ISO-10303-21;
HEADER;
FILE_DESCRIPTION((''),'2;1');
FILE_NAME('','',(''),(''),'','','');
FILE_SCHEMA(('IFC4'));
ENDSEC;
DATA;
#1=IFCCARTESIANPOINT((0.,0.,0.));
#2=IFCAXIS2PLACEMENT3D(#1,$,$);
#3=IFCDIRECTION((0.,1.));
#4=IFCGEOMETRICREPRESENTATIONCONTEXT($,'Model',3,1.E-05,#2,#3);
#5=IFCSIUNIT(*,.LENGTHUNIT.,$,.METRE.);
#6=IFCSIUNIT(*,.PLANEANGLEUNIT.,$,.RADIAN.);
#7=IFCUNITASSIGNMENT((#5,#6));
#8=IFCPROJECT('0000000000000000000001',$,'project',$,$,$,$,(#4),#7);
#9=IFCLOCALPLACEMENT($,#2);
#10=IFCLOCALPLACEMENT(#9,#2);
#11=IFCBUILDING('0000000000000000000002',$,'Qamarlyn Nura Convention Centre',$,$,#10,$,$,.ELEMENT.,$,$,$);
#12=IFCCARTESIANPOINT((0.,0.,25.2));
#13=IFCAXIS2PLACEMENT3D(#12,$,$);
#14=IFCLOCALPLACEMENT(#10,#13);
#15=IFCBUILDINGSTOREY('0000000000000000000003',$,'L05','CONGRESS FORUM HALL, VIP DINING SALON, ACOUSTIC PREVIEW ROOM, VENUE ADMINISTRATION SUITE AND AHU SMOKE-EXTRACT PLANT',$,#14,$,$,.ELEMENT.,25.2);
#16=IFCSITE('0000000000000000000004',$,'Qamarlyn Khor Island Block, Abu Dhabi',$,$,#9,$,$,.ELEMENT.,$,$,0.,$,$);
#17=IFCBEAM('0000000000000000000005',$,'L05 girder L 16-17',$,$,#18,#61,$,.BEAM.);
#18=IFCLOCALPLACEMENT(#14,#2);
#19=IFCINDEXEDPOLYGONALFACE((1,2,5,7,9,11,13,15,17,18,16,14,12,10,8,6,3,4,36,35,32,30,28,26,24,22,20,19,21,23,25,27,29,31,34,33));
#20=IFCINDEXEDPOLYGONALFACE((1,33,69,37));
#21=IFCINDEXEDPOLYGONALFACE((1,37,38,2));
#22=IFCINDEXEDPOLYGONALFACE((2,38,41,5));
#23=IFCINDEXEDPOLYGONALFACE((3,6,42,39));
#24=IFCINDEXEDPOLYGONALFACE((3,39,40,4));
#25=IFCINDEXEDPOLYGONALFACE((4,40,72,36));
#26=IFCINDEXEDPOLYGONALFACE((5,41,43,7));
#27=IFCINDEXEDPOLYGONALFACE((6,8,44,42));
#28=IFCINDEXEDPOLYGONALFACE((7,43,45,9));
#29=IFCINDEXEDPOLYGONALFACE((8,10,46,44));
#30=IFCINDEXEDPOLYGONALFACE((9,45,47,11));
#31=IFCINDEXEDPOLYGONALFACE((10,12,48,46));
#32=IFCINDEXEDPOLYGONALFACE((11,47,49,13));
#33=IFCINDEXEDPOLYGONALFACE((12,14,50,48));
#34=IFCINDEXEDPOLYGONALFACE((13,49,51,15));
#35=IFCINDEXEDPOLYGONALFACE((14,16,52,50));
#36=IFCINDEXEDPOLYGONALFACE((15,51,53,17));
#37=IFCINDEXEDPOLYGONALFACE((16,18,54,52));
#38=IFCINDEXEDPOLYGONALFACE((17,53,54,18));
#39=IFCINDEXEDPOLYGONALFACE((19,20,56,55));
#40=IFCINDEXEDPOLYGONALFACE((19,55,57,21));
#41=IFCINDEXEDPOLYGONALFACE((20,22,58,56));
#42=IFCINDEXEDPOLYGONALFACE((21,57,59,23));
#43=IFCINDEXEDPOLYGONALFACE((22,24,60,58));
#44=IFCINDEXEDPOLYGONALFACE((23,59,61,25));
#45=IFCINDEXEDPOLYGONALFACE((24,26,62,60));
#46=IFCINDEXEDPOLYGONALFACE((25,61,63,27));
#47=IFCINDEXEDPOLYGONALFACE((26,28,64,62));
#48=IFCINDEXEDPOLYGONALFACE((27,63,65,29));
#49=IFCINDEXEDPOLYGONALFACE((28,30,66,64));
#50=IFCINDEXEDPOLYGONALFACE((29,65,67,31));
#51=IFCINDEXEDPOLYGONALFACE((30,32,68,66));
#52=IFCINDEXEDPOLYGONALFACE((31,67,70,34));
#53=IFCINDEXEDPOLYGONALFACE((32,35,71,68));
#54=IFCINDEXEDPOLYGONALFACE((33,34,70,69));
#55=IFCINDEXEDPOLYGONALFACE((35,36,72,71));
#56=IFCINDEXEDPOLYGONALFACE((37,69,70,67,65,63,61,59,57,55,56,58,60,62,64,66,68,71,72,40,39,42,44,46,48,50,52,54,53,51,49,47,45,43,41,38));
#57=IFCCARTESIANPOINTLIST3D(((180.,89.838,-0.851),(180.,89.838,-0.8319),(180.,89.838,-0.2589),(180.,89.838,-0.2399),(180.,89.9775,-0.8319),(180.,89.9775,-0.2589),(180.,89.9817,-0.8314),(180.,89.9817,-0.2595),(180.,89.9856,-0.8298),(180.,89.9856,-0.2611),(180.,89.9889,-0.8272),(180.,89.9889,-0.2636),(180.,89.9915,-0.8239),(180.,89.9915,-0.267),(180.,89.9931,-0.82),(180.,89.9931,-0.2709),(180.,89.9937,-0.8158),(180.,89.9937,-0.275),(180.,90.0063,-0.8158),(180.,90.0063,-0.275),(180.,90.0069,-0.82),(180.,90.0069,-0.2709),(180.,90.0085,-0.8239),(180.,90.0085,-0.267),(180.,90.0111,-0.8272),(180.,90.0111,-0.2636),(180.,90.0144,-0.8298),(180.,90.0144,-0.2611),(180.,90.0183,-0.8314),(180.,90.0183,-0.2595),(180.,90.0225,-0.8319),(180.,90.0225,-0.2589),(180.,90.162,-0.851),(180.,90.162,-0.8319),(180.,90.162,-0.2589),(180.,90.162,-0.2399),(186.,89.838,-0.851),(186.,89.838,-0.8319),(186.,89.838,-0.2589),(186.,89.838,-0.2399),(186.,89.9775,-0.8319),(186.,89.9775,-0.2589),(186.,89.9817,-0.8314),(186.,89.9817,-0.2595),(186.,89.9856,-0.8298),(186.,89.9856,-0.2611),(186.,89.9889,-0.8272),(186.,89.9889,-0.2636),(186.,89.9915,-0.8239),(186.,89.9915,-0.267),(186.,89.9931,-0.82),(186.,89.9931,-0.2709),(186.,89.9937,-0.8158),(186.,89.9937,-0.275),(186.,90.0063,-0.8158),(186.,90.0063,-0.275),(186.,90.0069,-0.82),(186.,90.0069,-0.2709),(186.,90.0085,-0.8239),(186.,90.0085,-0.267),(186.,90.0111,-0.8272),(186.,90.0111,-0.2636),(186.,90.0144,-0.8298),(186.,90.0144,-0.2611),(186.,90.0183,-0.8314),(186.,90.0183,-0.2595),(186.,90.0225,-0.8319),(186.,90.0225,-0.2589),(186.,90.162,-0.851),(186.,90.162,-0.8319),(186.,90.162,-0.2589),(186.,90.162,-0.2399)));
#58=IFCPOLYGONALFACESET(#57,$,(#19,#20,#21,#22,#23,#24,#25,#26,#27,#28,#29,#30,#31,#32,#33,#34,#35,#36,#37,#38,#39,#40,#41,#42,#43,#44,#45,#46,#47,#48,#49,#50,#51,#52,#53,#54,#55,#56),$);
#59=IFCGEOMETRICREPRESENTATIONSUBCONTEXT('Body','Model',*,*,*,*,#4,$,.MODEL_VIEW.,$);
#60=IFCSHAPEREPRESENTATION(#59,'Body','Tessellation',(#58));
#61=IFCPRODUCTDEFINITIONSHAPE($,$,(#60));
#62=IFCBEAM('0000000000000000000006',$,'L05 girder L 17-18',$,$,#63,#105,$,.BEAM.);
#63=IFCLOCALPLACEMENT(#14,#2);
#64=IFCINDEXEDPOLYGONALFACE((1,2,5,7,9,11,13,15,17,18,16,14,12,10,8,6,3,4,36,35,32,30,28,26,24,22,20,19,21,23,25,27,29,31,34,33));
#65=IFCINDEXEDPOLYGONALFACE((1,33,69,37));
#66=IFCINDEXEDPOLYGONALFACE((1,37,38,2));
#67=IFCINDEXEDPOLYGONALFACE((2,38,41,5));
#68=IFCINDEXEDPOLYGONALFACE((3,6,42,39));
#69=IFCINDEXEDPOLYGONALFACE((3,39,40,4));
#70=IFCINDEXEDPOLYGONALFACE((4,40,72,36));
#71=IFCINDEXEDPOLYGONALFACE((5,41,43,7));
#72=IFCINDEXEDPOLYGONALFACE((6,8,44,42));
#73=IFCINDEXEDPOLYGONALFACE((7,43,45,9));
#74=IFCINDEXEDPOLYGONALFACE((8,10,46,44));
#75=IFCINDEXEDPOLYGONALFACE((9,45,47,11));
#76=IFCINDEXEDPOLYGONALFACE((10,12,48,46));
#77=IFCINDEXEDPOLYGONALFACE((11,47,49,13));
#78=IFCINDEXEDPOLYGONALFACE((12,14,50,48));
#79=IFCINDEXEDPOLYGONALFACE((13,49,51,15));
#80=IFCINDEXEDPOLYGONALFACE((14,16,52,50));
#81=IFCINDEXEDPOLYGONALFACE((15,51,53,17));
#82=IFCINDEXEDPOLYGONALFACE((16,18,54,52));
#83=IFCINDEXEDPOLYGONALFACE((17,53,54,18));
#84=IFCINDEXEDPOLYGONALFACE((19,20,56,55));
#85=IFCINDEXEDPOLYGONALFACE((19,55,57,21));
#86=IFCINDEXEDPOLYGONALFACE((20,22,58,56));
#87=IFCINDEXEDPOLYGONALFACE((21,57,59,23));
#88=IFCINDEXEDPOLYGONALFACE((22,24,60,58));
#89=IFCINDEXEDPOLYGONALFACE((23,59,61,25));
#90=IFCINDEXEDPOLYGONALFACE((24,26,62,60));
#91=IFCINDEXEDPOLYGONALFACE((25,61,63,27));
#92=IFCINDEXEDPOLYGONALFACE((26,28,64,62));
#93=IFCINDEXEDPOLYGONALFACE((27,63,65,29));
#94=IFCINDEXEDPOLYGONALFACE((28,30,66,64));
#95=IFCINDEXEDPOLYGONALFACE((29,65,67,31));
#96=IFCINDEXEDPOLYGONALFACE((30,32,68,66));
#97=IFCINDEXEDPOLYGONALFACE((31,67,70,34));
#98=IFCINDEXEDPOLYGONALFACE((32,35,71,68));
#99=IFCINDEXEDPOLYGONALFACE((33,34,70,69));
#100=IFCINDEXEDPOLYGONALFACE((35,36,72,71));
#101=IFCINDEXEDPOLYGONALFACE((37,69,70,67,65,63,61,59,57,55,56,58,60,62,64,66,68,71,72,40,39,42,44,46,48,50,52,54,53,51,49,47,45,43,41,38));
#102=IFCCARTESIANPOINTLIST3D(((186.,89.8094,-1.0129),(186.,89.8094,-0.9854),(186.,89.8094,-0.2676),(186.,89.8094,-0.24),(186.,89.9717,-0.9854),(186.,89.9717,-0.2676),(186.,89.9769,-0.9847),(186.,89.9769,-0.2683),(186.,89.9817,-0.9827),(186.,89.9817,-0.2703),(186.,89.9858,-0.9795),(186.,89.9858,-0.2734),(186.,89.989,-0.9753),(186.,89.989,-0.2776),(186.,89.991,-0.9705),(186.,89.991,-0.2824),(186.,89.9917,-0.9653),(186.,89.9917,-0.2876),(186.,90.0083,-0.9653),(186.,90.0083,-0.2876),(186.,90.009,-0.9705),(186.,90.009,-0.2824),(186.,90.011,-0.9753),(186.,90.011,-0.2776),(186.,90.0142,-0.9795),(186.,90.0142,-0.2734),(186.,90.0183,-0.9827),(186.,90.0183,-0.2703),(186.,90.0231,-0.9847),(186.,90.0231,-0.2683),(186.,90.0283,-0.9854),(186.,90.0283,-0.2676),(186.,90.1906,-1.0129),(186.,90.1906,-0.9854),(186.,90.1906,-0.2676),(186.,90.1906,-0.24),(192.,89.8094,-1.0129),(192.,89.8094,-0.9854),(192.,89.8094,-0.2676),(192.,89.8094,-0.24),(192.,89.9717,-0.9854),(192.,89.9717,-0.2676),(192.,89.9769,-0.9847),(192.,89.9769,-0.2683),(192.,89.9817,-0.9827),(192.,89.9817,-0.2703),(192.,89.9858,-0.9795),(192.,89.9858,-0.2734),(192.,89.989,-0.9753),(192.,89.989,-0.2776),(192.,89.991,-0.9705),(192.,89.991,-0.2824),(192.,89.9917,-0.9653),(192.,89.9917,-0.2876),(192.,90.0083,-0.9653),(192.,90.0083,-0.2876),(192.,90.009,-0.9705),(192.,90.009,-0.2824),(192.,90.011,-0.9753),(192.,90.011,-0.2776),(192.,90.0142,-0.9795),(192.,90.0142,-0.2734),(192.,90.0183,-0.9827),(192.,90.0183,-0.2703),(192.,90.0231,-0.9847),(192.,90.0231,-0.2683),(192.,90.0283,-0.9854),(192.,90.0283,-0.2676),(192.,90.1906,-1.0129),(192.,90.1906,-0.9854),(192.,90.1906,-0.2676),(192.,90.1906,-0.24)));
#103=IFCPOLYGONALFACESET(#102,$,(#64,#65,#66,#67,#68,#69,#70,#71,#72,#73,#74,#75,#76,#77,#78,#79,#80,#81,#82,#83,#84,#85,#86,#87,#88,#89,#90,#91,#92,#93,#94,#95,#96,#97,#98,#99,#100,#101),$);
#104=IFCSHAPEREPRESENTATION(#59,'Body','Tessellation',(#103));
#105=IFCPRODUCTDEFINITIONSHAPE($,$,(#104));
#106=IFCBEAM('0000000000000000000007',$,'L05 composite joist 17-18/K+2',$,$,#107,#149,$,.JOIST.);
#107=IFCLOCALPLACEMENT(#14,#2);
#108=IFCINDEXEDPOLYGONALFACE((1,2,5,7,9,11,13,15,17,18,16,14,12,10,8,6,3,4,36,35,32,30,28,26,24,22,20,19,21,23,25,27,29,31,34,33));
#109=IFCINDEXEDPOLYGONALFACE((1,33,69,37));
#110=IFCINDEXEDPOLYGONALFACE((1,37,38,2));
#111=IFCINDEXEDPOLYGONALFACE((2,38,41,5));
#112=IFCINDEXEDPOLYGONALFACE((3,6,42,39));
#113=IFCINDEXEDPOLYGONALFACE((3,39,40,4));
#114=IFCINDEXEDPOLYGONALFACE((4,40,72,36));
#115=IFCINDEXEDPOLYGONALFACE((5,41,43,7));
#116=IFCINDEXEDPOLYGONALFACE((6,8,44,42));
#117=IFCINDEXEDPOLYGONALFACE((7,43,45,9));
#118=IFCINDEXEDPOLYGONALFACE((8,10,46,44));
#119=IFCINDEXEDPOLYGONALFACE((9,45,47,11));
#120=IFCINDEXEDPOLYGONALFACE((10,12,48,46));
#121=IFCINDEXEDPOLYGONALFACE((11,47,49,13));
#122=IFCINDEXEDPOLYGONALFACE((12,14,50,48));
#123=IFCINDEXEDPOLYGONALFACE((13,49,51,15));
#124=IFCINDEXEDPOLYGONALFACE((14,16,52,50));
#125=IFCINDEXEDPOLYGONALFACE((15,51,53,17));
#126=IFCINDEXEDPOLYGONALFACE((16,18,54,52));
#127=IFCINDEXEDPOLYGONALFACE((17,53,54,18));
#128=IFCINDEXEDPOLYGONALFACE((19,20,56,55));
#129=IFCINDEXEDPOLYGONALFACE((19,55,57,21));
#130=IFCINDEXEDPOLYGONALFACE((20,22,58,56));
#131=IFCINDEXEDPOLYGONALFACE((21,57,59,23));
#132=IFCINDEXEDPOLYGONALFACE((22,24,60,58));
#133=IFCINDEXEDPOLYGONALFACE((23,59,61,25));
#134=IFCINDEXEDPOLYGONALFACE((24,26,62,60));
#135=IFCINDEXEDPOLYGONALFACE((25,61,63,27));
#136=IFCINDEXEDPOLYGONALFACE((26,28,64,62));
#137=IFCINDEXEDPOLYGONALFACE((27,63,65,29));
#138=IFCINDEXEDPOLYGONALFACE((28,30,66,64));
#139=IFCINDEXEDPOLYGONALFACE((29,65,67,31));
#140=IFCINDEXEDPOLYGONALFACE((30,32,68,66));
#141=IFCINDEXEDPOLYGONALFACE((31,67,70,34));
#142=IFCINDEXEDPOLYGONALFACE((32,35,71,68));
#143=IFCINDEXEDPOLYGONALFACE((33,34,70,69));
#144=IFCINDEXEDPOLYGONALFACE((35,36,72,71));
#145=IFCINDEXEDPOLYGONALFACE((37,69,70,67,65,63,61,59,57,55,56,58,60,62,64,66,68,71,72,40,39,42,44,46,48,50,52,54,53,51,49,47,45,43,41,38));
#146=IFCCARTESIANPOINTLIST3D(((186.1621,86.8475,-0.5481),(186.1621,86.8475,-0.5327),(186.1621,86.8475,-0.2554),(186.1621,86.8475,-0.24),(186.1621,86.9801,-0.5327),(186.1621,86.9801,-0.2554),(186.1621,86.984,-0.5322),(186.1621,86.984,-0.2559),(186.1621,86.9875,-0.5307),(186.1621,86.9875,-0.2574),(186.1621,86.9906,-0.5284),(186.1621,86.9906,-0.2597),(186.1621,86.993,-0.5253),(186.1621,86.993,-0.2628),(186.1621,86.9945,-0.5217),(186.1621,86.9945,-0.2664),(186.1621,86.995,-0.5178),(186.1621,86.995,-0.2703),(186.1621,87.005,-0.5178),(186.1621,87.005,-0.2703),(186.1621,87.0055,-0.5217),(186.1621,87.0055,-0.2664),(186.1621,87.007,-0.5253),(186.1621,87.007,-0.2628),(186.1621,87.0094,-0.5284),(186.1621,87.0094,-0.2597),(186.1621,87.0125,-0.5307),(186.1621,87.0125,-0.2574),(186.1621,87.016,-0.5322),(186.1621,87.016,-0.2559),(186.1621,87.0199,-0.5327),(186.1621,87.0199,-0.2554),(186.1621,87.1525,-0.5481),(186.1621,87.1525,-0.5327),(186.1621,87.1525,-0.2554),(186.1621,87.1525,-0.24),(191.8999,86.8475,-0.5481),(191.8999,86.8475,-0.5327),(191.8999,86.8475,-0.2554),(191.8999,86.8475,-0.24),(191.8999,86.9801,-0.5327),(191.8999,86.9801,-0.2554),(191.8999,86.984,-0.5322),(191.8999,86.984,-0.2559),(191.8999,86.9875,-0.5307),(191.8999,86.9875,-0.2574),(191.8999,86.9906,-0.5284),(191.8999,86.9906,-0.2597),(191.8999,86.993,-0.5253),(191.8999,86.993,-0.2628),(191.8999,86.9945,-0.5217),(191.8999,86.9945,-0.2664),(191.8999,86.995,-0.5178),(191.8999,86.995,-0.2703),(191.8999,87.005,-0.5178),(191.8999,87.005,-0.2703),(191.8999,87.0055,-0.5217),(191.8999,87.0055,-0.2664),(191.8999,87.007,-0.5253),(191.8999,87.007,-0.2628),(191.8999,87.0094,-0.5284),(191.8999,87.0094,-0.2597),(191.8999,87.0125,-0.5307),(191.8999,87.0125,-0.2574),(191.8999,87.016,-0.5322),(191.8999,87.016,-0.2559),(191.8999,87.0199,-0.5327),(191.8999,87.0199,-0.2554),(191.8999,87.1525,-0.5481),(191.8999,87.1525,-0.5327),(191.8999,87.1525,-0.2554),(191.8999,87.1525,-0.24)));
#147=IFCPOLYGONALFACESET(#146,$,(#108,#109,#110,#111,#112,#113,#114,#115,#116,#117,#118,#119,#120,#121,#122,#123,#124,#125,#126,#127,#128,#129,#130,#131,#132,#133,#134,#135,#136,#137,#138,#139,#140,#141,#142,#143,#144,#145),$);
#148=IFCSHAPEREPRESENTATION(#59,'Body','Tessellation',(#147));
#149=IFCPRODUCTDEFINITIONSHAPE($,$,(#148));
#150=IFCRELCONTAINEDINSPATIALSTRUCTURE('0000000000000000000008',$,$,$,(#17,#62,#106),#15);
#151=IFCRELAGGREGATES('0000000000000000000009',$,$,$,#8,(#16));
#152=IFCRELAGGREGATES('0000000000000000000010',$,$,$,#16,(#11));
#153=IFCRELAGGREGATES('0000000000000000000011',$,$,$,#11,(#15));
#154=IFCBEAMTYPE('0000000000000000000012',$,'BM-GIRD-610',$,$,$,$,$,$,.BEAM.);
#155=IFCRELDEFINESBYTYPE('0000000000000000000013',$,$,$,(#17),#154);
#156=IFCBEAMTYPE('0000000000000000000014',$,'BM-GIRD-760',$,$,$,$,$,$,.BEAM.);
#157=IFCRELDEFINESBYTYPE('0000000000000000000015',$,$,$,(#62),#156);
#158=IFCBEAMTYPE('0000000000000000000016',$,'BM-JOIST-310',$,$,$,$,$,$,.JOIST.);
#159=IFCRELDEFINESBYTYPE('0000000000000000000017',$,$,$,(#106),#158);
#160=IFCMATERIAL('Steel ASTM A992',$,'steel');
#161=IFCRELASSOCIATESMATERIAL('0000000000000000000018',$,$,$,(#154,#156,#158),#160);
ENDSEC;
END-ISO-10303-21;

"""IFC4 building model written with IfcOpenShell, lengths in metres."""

from ifc_helpers import new_model, si_unit, direction, frame, origin, origin_2d, place, context, subcontext, project, spatial, i_section, extrude, material, material_profile, profile_set, type_object, element, save


model = new_model("IFC4")

# Units and contexts
model_context = context("Model", 3, precision=1e-05, world=origin(), true_north=direction((0.0, 1.0)))
body_context = subcontext(model_context, "Body", "Model", "MODEL_VIEW")
ifc_project = project(units=[si_unit("LENGTHUNIT", "METRE"), si_unit("PLANEANGLEUNIT", "RADIAN")], contexts=[model_context])

# Site, building, storey
site_placement = place(None, origin())
site = spatial("IfcSite", under=ifc_project, at=site_placement, Name="Qamarlyn Khor Island Block, Abu Dhabi", CompositionType="ELEMENT", RefElevation=0.0)
building_placement = place(site_placement, origin())
building = spatial("IfcBuilding", under=site, at=building_placement, Name="Qamarlyn Nura Convention Centre", CompositionType="ELEMENT")
storey_placement = place(building_placement, frame((0.0, 0.0, 25.2)))
storey = spatial("IfcBuildingStorey", under=building, at=storey_placement, Name="L05", Description="CONGRESS FORUM HALL, VIP DINING SALON, ACOUSTIC PREVIEW ROOM, VENUE ADMINISTRATION SUITE AND AHU SMOKE-EXTRACT PLANT", CompositionType="ELEMENT", Elevation=25.2)

# Shared definitions
ifc_material_1 = material(Name="Steel ASTM A992", Category="steel")

# Beams
ifc_material_profile_1 = material_profile(ifc_material_1, i_section(OverallWidth=0.324, OverallDepth=0.6111, WebThickness=0.0127, FlangeThickness=0.019, FilletRadius=0.0161, at=origin_2d()), Name="W610X155")
ifc_profile_set_1 = profile_set([ifc_material_profile_1], Name="Steel ASTM A992")
beam_type_1 = type_object("IfcBeamType", Name="BM-GIRD-610", PredefinedType="BEAM", material=ifc_profile_set_1)
beam_1_placement = place(storey_placement, frame((180.0, 90.0, -0.5454), z_axis=(1.0, 0.0, 0.0), x_axis=(0.0, 1.0, 0.0)))
element("IfcBeam", 1, at=beam_1_placement, inside=storey, type_object=beam_type_1, Name="L05 girder L 16-17", PredefinedType="BEAM", context=body_context, shape_type="SweptSolid", body=[
    extrude(i_section(OverallWidth=0.324, OverallDepth=0.6111, WebThickness=0.0127, FlangeThickness=0.019, FilletRadius=0.0161, at=origin_2d()), origin(), (0.0, 0.0, 1.0), 6.0),
])
ifc_material_profile_2 = material_profile(ifc_material_1, i_section(OverallWidth=0.3811, OverallDepth=0.7729, WebThickness=0.0166, FlangeThickness=0.0276, FilletRadius=0.02, at=origin_2d()), Name="W760X257")
ifc_profile_set_2 = profile_set([ifc_material_profile_2], Name="Steel ASTM A992")
beam_type_2 = type_object("IfcBeamType", Name="BM-GIRD-760", PredefinedType="BEAM", material=ifc_profile_set_2)
beam_2_placement = place(storey_placement, frame((186.0, 90.0, -0.6265), z_axis=(1.0, 0.0, 0.0), x_axis=(0.0, 1.0, 0.0)))
element("IfcBeam", 2, at=beam_2_placement, inside=storey, type_object=beam_type_2, Name="L05 girder L 17-18", PredefinedType="BEAM", context=body_context, shape_type="SweptSolid", body=[
    extrude(i_section(OverallWidth=0.3811, OverallDepth=0.7729, WebThickness=0.0166, FlangeThickness=0.0276, FilletRadius=0.02, at=origin_2d()), origin(), (0.0, 0.0, 1.0), 6.0),
])
ifc_material_profile_3 = material_profile(ifc_material_1, i_section(OverallWidth=0.3049, OverallDepth=0.3081, WebThickness=0.01, FlangeThickness=0.0154, FilletRadius=0.0149, at=origin_2d()), Name="W310X97")
ifc_profile_set_3 = profile_set([ifc_material_profile_3], Name="Steel ASTM A992")
beam_type_3 = type_object("IfcBeamType", Name="BM-JOIST-310", PredefinedType="JOIST", material=ifc_profile_set_3)
beam_3_placement = place(storey_placement, frame((186.1621, 87.0, -0.394), z_axis=(1.0, 0.0, 0.0), x_axis=(0.0, 1.0, 0.0)))
element("IfcBeam", 3, at=beam_3_placement, inside=storey, type_object=beam_type_3, Name="L05 composite joist 17-18/K+2", PredefinedType="JOIST", context=body_context, shape_type="SweptSolid", body=[
    extrude(i_section(OverallWidth=0.3049, OverallDepth=0.3081, WebThickness=0.01, FlangeThickness=0.0154, FilletRadius=0.0149, at=origin_2d()), origin(), (0.0, 0.0, 1.0), 5.7378),
])

save(model, "model.ifc")
